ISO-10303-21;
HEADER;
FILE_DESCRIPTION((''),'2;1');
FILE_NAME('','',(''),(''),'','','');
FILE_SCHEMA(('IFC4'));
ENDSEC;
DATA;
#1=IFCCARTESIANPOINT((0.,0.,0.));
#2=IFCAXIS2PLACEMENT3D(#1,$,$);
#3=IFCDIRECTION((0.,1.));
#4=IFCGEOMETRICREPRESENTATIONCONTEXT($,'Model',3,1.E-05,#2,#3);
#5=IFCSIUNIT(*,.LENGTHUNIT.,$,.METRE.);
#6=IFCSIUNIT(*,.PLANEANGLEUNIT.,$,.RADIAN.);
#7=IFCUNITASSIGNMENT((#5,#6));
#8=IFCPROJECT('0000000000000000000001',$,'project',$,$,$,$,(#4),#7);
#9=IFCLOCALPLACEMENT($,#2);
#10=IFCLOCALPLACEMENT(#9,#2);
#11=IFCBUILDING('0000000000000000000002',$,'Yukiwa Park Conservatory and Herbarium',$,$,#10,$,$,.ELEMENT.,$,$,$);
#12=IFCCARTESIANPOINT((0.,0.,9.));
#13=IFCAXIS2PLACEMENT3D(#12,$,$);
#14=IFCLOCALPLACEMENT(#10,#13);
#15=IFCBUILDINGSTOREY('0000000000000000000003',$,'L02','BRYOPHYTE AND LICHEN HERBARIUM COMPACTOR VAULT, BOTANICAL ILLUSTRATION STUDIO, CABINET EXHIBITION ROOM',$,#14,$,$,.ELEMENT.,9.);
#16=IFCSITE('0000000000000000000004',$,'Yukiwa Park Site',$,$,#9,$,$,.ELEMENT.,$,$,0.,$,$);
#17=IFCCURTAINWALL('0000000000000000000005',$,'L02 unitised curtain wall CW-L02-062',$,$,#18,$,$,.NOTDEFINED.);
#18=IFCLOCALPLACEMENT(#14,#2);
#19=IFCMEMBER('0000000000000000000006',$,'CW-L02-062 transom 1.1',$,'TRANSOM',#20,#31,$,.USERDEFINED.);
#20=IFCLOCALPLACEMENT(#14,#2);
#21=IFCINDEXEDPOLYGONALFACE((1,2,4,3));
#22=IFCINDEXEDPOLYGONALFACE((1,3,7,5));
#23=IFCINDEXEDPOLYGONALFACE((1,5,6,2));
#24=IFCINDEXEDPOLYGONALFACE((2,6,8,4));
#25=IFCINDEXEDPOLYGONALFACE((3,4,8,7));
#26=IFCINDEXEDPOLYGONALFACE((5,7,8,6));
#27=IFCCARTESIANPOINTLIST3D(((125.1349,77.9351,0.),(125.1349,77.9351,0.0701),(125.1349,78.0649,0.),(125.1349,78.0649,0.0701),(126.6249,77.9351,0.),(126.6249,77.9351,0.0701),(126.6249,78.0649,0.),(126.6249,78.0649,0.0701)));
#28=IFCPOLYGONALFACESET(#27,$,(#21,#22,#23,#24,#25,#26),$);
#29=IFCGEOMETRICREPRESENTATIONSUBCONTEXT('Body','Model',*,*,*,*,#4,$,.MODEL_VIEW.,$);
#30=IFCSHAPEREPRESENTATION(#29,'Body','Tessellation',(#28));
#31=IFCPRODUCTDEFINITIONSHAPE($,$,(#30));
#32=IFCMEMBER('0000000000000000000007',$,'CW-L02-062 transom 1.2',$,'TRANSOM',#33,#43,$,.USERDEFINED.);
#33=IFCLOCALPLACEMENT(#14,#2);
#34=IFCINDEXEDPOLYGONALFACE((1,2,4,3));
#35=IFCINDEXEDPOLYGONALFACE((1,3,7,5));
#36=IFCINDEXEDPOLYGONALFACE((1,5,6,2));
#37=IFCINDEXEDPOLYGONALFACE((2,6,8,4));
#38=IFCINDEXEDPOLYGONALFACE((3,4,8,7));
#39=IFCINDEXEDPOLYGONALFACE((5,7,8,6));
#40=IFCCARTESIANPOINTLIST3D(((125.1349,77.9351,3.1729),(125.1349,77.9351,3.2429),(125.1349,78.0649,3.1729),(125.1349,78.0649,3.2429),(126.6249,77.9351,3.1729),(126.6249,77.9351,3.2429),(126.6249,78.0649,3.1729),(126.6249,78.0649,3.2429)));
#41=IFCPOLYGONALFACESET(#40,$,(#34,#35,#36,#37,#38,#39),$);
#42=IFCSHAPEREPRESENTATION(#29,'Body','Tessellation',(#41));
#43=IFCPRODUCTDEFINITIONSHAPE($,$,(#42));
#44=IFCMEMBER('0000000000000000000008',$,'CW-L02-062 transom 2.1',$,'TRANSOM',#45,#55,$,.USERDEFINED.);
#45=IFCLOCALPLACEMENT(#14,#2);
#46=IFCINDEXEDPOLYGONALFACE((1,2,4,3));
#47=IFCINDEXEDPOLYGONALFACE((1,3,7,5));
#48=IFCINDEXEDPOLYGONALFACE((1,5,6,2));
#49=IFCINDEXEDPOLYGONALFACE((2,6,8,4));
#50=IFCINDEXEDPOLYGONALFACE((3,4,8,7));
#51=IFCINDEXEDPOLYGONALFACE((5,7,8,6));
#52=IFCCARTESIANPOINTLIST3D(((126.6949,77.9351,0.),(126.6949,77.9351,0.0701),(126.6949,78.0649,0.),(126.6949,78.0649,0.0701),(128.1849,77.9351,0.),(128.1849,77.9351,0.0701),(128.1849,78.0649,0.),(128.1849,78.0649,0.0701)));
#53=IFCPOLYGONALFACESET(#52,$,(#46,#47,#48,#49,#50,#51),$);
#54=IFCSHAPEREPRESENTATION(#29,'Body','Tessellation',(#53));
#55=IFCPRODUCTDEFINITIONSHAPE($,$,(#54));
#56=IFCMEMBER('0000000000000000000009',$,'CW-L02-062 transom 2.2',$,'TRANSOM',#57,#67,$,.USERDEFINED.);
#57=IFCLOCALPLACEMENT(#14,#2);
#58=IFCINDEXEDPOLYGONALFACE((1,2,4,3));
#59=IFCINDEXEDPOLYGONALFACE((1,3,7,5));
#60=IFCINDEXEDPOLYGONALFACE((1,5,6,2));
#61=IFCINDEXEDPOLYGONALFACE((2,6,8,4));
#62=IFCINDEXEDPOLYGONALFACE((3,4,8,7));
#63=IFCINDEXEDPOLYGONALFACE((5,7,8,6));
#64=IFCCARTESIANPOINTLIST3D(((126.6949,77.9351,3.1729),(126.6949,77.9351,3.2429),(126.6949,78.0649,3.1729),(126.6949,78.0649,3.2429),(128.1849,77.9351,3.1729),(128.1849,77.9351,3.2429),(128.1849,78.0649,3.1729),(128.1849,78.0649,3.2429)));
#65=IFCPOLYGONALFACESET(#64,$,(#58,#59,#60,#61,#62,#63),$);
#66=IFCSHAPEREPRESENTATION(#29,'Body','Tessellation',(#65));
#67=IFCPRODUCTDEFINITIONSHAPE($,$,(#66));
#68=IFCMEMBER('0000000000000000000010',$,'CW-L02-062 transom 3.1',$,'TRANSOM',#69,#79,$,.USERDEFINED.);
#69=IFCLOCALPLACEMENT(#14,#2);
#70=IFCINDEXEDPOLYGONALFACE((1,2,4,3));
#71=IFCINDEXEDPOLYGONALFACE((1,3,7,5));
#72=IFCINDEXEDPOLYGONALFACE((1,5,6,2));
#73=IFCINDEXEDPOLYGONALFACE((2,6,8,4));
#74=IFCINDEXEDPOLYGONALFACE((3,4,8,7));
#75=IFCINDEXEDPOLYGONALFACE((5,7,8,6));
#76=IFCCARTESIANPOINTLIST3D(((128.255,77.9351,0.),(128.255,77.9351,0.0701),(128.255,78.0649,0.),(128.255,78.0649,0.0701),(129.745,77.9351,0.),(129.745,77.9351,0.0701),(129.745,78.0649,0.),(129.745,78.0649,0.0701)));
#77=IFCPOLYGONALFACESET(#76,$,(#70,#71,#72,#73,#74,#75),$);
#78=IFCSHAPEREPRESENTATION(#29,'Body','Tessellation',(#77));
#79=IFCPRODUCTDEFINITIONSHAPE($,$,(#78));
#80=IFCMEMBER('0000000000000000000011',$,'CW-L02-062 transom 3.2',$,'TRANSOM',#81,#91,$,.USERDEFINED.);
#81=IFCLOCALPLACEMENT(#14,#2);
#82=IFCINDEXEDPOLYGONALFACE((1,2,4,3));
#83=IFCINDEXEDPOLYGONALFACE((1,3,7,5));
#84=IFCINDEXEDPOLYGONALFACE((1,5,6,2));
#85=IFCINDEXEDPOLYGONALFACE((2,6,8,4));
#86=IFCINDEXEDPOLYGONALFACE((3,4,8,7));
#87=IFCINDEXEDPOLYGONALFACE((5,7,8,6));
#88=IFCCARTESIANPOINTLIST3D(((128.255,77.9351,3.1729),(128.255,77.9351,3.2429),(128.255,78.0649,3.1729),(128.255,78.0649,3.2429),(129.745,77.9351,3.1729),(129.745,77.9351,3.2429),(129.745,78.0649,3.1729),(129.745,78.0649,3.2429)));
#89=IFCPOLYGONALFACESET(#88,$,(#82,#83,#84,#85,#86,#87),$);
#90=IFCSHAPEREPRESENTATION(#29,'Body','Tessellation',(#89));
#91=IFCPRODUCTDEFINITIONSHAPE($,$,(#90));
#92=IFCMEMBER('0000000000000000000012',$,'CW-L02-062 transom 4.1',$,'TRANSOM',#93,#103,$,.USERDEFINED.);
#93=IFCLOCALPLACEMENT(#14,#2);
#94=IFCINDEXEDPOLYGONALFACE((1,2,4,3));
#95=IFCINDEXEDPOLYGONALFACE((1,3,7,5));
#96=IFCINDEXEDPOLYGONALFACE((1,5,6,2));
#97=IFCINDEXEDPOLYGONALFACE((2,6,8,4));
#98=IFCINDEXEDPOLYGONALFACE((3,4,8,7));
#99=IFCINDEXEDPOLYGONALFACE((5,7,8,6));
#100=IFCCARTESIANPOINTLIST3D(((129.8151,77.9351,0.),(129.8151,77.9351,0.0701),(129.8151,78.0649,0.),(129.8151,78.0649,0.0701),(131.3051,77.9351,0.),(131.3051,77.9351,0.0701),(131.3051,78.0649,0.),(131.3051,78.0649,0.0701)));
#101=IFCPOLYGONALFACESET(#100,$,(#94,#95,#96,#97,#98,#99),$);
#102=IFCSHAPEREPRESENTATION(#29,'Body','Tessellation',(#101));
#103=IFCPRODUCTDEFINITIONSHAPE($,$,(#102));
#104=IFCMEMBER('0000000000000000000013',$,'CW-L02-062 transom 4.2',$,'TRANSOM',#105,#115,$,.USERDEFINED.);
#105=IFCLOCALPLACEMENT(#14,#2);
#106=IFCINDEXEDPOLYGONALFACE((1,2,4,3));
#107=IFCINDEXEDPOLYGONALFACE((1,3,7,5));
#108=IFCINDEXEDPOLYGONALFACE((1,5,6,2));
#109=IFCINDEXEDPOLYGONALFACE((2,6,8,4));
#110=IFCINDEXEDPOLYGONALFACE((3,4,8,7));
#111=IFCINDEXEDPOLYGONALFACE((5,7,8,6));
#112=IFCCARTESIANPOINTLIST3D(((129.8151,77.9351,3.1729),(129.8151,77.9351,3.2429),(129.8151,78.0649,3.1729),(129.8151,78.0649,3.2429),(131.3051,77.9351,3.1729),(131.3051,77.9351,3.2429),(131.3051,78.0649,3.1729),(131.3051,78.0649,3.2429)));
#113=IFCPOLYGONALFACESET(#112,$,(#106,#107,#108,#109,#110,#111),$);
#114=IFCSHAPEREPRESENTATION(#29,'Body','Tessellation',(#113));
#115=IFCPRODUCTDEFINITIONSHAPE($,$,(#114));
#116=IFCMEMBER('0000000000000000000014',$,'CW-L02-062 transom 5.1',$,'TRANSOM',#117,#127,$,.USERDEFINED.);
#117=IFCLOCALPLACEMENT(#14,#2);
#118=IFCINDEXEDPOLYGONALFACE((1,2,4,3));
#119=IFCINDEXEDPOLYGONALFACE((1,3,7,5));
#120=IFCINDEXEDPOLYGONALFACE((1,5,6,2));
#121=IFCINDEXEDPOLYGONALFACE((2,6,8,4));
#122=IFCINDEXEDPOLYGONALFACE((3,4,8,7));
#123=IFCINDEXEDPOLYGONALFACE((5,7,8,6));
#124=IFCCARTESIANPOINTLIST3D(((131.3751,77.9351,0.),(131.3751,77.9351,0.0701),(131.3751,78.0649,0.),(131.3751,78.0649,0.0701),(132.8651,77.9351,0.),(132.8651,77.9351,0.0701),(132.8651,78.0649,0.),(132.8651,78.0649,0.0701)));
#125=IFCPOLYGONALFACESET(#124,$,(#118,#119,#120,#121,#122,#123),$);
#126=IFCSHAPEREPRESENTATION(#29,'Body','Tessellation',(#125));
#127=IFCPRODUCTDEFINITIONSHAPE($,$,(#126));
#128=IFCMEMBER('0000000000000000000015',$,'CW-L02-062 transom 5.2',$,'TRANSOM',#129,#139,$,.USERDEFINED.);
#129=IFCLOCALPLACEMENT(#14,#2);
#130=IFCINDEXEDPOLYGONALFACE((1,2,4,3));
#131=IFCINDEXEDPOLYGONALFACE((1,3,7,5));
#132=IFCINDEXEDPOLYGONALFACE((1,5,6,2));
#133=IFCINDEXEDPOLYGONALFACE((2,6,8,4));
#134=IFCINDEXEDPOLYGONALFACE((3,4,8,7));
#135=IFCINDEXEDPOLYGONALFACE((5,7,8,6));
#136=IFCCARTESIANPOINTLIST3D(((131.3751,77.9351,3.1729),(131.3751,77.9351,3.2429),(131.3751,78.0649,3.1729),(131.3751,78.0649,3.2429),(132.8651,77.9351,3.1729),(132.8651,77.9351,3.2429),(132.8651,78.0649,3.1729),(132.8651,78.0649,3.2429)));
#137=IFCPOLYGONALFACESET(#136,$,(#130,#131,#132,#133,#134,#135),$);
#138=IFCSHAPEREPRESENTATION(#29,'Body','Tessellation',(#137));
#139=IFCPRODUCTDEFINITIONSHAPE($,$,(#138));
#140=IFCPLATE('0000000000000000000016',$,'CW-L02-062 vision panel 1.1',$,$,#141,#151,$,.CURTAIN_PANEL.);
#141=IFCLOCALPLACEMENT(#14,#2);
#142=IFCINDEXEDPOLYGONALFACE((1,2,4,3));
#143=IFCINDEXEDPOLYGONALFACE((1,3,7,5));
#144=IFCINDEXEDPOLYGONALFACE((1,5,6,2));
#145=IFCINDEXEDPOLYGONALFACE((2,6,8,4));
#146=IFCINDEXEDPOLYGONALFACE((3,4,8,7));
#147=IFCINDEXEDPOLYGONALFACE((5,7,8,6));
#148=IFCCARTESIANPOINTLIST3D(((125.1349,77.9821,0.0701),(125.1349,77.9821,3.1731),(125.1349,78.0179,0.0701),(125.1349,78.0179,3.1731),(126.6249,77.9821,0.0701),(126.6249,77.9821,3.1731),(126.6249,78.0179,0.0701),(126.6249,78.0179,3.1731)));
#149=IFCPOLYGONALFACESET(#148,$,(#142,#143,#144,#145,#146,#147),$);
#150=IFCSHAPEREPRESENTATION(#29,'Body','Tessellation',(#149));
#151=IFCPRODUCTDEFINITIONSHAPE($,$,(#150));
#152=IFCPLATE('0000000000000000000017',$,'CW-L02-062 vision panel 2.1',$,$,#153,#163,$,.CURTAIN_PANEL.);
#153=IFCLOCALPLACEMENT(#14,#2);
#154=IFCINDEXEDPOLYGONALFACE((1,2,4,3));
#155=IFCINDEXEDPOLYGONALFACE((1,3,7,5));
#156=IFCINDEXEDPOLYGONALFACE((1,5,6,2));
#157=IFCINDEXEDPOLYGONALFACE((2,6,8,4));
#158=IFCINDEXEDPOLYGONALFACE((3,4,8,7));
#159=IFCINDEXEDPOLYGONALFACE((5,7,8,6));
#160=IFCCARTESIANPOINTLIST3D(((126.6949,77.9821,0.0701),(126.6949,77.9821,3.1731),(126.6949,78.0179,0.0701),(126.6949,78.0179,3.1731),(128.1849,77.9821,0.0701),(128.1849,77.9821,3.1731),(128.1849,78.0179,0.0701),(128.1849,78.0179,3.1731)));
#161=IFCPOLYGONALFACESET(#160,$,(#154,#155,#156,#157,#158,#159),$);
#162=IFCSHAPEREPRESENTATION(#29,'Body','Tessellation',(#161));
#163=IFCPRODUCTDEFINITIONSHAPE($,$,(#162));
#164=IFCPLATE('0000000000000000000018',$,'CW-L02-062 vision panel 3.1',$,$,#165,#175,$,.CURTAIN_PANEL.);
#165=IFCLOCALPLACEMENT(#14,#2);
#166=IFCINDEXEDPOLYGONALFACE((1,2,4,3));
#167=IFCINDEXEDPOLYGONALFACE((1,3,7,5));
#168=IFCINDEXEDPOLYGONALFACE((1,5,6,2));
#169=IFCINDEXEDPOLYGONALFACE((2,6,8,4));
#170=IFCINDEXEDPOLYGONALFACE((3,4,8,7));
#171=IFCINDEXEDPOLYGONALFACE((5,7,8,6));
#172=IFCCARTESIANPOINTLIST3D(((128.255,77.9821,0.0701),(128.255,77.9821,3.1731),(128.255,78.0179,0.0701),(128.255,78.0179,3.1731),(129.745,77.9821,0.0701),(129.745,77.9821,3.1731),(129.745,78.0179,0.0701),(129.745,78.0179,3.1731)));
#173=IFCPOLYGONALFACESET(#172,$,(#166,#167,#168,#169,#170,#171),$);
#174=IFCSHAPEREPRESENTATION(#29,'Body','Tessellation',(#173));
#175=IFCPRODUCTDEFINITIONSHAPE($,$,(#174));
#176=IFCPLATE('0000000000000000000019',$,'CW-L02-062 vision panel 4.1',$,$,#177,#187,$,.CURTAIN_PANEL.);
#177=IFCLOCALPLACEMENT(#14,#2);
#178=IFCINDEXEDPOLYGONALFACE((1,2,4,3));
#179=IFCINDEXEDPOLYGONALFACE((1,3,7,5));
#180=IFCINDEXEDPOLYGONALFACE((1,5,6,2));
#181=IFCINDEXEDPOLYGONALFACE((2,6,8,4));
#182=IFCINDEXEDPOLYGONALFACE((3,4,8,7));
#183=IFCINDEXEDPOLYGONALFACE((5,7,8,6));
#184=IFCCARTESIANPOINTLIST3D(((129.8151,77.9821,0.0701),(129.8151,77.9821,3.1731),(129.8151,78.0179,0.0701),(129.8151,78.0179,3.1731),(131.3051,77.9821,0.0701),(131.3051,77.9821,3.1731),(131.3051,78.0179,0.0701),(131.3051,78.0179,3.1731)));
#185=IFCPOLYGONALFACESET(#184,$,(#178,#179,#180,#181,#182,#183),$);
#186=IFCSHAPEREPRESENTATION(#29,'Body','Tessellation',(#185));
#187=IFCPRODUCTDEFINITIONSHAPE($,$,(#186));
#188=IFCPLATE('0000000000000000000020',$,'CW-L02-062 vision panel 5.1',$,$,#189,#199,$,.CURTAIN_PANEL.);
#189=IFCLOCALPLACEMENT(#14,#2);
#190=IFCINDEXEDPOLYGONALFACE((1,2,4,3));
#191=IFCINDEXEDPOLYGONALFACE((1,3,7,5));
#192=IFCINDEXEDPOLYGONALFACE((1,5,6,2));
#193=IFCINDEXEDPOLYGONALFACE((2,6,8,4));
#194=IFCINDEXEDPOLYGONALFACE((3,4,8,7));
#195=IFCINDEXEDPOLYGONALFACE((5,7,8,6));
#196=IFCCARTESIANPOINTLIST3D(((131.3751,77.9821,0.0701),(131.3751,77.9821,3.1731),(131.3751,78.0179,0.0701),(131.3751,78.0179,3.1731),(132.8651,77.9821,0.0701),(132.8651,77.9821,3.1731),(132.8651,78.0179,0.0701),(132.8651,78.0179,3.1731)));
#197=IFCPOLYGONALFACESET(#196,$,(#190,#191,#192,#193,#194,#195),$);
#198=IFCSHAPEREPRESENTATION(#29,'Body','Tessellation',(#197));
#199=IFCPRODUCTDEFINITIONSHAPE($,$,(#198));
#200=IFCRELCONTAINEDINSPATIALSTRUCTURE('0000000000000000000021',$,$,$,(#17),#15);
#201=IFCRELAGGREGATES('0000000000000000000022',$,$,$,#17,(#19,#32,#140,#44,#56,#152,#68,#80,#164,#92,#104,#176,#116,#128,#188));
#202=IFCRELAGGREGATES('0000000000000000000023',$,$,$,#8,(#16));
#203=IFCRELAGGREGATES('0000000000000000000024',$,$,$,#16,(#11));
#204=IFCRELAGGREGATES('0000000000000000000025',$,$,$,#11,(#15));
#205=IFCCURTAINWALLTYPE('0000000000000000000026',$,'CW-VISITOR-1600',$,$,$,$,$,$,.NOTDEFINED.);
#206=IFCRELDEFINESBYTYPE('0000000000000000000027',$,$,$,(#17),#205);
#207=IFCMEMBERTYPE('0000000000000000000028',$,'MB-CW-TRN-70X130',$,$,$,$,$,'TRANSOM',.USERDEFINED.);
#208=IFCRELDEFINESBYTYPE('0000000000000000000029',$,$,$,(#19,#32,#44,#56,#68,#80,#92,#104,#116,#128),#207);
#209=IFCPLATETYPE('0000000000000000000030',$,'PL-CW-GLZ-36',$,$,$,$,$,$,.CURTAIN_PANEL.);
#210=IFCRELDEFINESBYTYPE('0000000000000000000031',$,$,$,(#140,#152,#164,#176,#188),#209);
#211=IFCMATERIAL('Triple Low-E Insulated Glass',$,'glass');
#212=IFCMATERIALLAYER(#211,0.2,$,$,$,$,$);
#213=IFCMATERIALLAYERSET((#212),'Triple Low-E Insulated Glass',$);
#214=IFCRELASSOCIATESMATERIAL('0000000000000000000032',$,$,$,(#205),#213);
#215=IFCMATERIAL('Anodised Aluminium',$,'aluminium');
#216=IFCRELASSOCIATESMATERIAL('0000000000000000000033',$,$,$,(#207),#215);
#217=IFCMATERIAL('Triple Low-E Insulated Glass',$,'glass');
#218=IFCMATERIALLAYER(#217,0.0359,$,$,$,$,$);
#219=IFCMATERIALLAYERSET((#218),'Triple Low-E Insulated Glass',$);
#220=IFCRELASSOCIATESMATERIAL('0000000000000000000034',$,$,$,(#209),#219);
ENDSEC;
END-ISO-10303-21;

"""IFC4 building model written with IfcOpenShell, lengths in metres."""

from ifc_helpers import new_model, si_unit, direction, frame, origin, origin_2d, place, context, subcontext, project, spatial, rectangle, extrude, material, layer, layer_set, type_object, element, aggregate, save


model = new_model("IFC4")

# Units and contexts
model_context = context("Model", 3, precision=1e-05, world=origin(), true_north=direction((0.0, 1.0)))
body_context = subcontext(model_context, "Body", "Model", "MODEL_VIEW")
ifc_project = project(units=[si_unit("LENGTHUNIT", "METRE"), si_unit("PLANEANGLEUNIT", "RADIAN")], contexts=[model_context])

# Site, building, storey
site_placement = place(None, origin())
site = spatial("IfcSite", under=ifc_project, at=site_placement, Name="Yukiwa Park Site", CompositionType="ELEMENT", RefElevation=0.0)
building_placement = place(site_placement, origin())
building = spatial("IfcBuilding", under=site, at=building_placement, Name="Yukiwa Park Conservatory and Herbarium", CompositionType="ELEMENT")
storey_placement = place(building_placement, frame((0.0, 0.0, 9.0)))
storey = spatial("IfcBuildingStorey", under=building, at=storey_placement, Name="L02", Description="BRYOPHYTE AND LICHEN HERBARIUM COMPACTOR VAULT, BOTANICAL ILLUSTRATION STUDIO, CABINET EXHIBITION ROOM", CompositionType="ELEMENT", Elevation=9.0)

# Curtain wall, members, plates
ifc_material_1 = material(Name="Triple Low-E Insulated Glass", Category="glass")
ifc_layer_1 = layer(ifc_material_1, 0.2)
ifc_layer_set_1 = layer_set([ifc_layer_1], Name="Triple Low-E Insulated Glass")
curtain_wall_type = type_object("IfcCurtainWallType", Name="CW-VISITOR-1600", PredefinedType="NOTDEFINED", material=ifc_layer_set_1)
curtain_wall_placement = place(storey_placement, origin())
curtain_wall = element("IfcCurtainWall", 1, at=curtain_wall_placement, inside=storey, type_object=curtain_wall_type, Name="L02 unitised curtain wall CW-L02-062", PredefinedType="NOTDEFINED")
ifc_material_2 = material(Name="Anodised Aluminium", Category="aluminium")
member_type_1 = type_object("IfcMemberType", Name="MB-CW-TRN-70X130", ElementType="TRANSOM", PredefinedType="USERDEFINED", material=ifc_material_2)
member_1_placement = place(storey_placement, frame((125.8799, 78.0, 0.0), z_axis=(0.0, 0.0, 1.0), x_axis=(1.0, 0.0, 0.0)))
member_1 = element("IfcMember", 2, at=member_1_placement, type_object=member_type_1, Name="CW-L02-062 transom 1.1", ObjectType="TRANSOM", PredefinedType="USERDEFINED", context=body_context, shape_type="SweptSolid", body=[
    extrude(rectangle(XDim=1.49, YDim=0.1299, at=origin_2d()), origin(), (0.0, 0.0, 1.0), 0.0701),
])
member_2_placement = place(storey_placement, frame((125.8799, 78.0, 3.1729), z_axis=(0.0, 0.0, 1.0), x_axis=(1.0, 0.0, 0.0)))
member_2 = element("IfcMember", 3, at=member_2_placement, type_object=member_type_1, Name="CW-L02-062 transom 1.2", ObjectType="TRANSOM", PredefinedType="USERDEFINED", context=body_context, shape_type="SweptSolid", body=[
    extrude(rectangle(XDim=1.49, YDim=0.1299, at=origin_2d()), origin(), (0.0, 0.0, 1.0), 0.0701),
])
member_3_placement = place(storey_placement, frame((127.4399, 78.0, 0.0), z_axis=(0.0, 0.0, 1.0), x_axis=(1.0, 0.0, 0.0)))
member_3 = element("IfcMember", 4, at=member_3_placement, type_object=member_type_1, Name="CW-L02-062 transom 2.1", ObjectType="TRANSOM", PredefinedType="USERDEFINED", context=body_context, shape_type="SweptSolid", body=[
    extrude(rectangle(XDim=1.49, YDim=0.1299, at=origin_2d()), origin(), (0.0, 0.0, 1.0), 0.0701),
])
member_4_placement = place(storey_placement, frame((127.4399, 78.0, 3.1729), z_axis=(0.0, 0.0, 1.0), x_axis=(1.0, 0.0, 0.0)))
member_4 = element("IfcMember", 5, at=member_4_placement, type_object=member_type_1, Name="CW-L02-062 transom 2.2", ObjectType="TRANSOM", PredefinedType="USERDEFINED", context=body_context, shape_type="SweptSolid", body=[
    extrude(rectangle(XDim=1.49, YDim=0.1299, at=origin_2d()), origin(), (0.0, 0.0, 1.0), 0.0701),
])
member_5_placement = place(storey_placement, frame((129.0, 78.0, 0.0), z_axis=(0.0, 0.0, 1.0), x_axis=(1.0, 0.0, 0.0)))
member_5 = element("IfcMember", 6, at=member_5_placement, type_object=member_type_1, Name="CW-L02-062 transom 3.1", ObjectType="TRANSOM", PredefinedType="USERDEFINED", context=body_context, shape_type="SweptSolid", body=[
    extrude(rectangle(XDim=1.49, YDim=0.1299, at=origin_2d()), origin(), (0.0, 0.0, 1.0), 0.0701),
])
member_6_placement = place(storey_placement, frame((129.0, 78.0, 3.1729), z_axis=(0.0, 0.0, 1.0), x_axis=(1.0, 0.0, 0.0)))
member_6 = element("IfcMember", 7, at=member_6_placement, type_object=member_type_1, Name="CW-L02-062 transom 3.2", ObjectType="TRANSOM", PredefinedType="USERDEFINED", context=body_context, shape_type="SweptSolid", body=[
    extrude(rectangle(XDim=1.49, YDim=0.1299, at=origin_2d()), origin(), (0.0, 0.0, 1.0), 0.0701),
])
member_7_placement = place(storey_placement, frame((130.5601, 78.0, 0.0), z_axis=(0.0, 0.0, 1.0), x_axis=(1.0, 0.0, 0.0)))
member_7 = element("IfcMember", 8, at=member_7_placement, type_object=member_type_1, Name="CW-L02-062 transom 4.1", ObjectType="TRANSOM", PredefinedType="USERDEFINED", context=body_context, shape_type="SweptSolid", body=[
    extrude(rectangle(XDim=1.49, YDim=0.1299, at=origin_2d()), origin(), (0.0, 0.0, 1.0), 0.0701),
])
member_8_placement = place(storey_placement, frame((130.5601, 78.0, 3.1729), z_axis=(0.0, 0.0, 1.0), x_axis=(1.0, 0.0, 0.0)))
member_8 = element("IfcMember", 9, at=member_8_placement, type_object=member_type_1, Name="CW-L02-062 transom 4.2", ObjectType="TRANSOM", PredefinedType="USERDEFINED", context=body_context, shape_type="SweptSolid", body=[
    extrude(rectangle(XDim=1.49, YDim=0.1299, at=origin_2d()), origin(), (0.0, 0.0, 1.0), 0.0701),
])
member_9_placement = place(storey_placement, frame((132.1201, 78.0, 0.0), z_axis=(0.0, 0.0, 1.0), x_axis=(1.0, 0.0, 0.0)))
member_9 = element("IfcMember", 10, at=member_9_placement, type_object=member_type_1, Name="CW-L02-062 transom 5.1", ObjectType="TRANSOM", PredefinedType="USERDEFINED", context=body_context, shape_type="SweptSolid", body=[
    extrude(rectangle(XDim=1.49, YDim=0.1299, at=origin_2d()), origin(), (0.0, 0.0, 1.0), 0.0701),
])
member_10_placement = place(storey_placement, frame((132.1201, 78.0, 3.1729), z_axis=(0.0, 0.0, 1.0), x_axis=(1.0, 0.0, 0.0)))
member_10 = element("IfcMember", 11, at=member_10_placement, type_object=member_type_1, Name="CW-L02-062 transom 5.2", ObjectType="TRANSOM", PredefinedType="USERDEFINED", context=body_context, shape_type="SweptSolid", body=[
    extrude(rectangle(XDim=1.49, YDim=0.1299, at=origin_2d()), origin(), (0.0, 0.0, 1.0), 0.0701),
])
ifc_material_3 = material(Name="Triple Low-E Insulated Glass", Category="glass")
ifc_layer_2 = layer(ifc_material_3, 0.0359)
ifc_layer_set_2 = layer_set([ifc_layer_2], Name="Triple Low-E Insulated Glass")
plate_type_1 = type_object("IfcPlateType", Name="PL-CW-GLZ-36", PredefinedType="CURTAIN_PANEL", material=ifc_layer_set_2)
plate_1_placement = place(storey_placement, frame((125.8799, 78.0, 0.0701), z_axis=(0.0, 0.0, 1.0), x_axis=(1.0, 0.0, 0.0)))
plate_1 = element("IfcPlate", 12, at=plate_1_placement, type_object=plate_type_1, Name="CW-L02-062 vision panel 1.1", PredefinedType="CURTAIN_PANEL", context=body_context, shape_type="SweptSolid", body=[
    extrude(rectangle(XDim=1.49, YDim=0.0359, at=origin_2d()), origin(), (0.0, 0.0, 1.0), 3.103),
])
plate_2_placement = place(storey_placement, frame((127.4399, 78.0, 0.0701), z_axis=(0.0, 0.0, 1.0), x_axis=(1.0, 0.0, 0.0)))
plate_2 = element("IfcPlate", 13, at=plate_2_placement, type_object=plate_type_1, Name="CW-L02-062 vision panel 2.1", PredefinedType="CURTAIN_PANEL", context=body_context, shape_type="SweptSolid", body=[
    extrude(rectangle(XDim=1.49, YDim=0.0359, at=origin_2d()), origin(), (0.0, 0.0, 1.0), 3.103),
])
plate_3_placement = place(storey_placement, frame((129.0, 78.0, 0.0701), z_axis=(0.0, 0.0, 1.0), x_axis=(1.0, 0.0, 0.0)))
plate_3 = element("IfcPlate", 14, at=plate_3_placement, type_object=plate_type_1, Name="CW-L02-062 vision panel 3.1", PredefinedType="CURTAIN_PANEL", context=body_context, shape_type="SweptSolid", body=[
    extrude(rectangle(XDim=1.49, YDim=0.0359, at=origin_2d()), origin(), (0.0, 0.0, 1.0), 3.103),
])
plate_4_placement = place(storey_placement, frame((130.5601, 78.0, 0.0701), z_axis=(0.0, 0.0, 1.0), x_axis=(1.0, 0.0, 0.0)))
plate_4 = element("IfcPlate", 15, at=plate_4_placement, type_object=plate_type_1, Name="CW-L02-062 vision panel 4.1", PredefinedType="CURTAIN_PANEL", context=body_context, shape_type="SweptSolid", body=[
    extrude(rectangle(XDim=1.49, YDim=0.0359, at=origin_2d()), origin(), (0.0, 0.0, 1.0), 3.103),
])
plate_5_placement = place(storey_placement, frame((132.1201, 78.0, 0.0701), z_axis=(0.0, 0.0, 1.0), x_axis=(1.0, 0.0, 0.0)))
plate_5 = element("IfcPlate", 16, at=plate_5_placement, type_object=plate_type_1, Name="CW-L02-062 vision panel 5.1", PredefinedType="CURTAIN_PANEL", context=body_context, shape_type="SweptSolid", body=[
    extrude(rectangle(XDim=1.49, YDim=0.0359, at=origin_2d()), origin(), (0.0, 0.0, 1.0), 3.103),
])
aggregate(curtain_wall, [member_1, member_2, plate_1, member_3, member_4, plate_2, member_5, member_6, plate_3, member_7, member_8, plate_4, member_9, member_10, plate_5])

save(model, "model.ifc")
